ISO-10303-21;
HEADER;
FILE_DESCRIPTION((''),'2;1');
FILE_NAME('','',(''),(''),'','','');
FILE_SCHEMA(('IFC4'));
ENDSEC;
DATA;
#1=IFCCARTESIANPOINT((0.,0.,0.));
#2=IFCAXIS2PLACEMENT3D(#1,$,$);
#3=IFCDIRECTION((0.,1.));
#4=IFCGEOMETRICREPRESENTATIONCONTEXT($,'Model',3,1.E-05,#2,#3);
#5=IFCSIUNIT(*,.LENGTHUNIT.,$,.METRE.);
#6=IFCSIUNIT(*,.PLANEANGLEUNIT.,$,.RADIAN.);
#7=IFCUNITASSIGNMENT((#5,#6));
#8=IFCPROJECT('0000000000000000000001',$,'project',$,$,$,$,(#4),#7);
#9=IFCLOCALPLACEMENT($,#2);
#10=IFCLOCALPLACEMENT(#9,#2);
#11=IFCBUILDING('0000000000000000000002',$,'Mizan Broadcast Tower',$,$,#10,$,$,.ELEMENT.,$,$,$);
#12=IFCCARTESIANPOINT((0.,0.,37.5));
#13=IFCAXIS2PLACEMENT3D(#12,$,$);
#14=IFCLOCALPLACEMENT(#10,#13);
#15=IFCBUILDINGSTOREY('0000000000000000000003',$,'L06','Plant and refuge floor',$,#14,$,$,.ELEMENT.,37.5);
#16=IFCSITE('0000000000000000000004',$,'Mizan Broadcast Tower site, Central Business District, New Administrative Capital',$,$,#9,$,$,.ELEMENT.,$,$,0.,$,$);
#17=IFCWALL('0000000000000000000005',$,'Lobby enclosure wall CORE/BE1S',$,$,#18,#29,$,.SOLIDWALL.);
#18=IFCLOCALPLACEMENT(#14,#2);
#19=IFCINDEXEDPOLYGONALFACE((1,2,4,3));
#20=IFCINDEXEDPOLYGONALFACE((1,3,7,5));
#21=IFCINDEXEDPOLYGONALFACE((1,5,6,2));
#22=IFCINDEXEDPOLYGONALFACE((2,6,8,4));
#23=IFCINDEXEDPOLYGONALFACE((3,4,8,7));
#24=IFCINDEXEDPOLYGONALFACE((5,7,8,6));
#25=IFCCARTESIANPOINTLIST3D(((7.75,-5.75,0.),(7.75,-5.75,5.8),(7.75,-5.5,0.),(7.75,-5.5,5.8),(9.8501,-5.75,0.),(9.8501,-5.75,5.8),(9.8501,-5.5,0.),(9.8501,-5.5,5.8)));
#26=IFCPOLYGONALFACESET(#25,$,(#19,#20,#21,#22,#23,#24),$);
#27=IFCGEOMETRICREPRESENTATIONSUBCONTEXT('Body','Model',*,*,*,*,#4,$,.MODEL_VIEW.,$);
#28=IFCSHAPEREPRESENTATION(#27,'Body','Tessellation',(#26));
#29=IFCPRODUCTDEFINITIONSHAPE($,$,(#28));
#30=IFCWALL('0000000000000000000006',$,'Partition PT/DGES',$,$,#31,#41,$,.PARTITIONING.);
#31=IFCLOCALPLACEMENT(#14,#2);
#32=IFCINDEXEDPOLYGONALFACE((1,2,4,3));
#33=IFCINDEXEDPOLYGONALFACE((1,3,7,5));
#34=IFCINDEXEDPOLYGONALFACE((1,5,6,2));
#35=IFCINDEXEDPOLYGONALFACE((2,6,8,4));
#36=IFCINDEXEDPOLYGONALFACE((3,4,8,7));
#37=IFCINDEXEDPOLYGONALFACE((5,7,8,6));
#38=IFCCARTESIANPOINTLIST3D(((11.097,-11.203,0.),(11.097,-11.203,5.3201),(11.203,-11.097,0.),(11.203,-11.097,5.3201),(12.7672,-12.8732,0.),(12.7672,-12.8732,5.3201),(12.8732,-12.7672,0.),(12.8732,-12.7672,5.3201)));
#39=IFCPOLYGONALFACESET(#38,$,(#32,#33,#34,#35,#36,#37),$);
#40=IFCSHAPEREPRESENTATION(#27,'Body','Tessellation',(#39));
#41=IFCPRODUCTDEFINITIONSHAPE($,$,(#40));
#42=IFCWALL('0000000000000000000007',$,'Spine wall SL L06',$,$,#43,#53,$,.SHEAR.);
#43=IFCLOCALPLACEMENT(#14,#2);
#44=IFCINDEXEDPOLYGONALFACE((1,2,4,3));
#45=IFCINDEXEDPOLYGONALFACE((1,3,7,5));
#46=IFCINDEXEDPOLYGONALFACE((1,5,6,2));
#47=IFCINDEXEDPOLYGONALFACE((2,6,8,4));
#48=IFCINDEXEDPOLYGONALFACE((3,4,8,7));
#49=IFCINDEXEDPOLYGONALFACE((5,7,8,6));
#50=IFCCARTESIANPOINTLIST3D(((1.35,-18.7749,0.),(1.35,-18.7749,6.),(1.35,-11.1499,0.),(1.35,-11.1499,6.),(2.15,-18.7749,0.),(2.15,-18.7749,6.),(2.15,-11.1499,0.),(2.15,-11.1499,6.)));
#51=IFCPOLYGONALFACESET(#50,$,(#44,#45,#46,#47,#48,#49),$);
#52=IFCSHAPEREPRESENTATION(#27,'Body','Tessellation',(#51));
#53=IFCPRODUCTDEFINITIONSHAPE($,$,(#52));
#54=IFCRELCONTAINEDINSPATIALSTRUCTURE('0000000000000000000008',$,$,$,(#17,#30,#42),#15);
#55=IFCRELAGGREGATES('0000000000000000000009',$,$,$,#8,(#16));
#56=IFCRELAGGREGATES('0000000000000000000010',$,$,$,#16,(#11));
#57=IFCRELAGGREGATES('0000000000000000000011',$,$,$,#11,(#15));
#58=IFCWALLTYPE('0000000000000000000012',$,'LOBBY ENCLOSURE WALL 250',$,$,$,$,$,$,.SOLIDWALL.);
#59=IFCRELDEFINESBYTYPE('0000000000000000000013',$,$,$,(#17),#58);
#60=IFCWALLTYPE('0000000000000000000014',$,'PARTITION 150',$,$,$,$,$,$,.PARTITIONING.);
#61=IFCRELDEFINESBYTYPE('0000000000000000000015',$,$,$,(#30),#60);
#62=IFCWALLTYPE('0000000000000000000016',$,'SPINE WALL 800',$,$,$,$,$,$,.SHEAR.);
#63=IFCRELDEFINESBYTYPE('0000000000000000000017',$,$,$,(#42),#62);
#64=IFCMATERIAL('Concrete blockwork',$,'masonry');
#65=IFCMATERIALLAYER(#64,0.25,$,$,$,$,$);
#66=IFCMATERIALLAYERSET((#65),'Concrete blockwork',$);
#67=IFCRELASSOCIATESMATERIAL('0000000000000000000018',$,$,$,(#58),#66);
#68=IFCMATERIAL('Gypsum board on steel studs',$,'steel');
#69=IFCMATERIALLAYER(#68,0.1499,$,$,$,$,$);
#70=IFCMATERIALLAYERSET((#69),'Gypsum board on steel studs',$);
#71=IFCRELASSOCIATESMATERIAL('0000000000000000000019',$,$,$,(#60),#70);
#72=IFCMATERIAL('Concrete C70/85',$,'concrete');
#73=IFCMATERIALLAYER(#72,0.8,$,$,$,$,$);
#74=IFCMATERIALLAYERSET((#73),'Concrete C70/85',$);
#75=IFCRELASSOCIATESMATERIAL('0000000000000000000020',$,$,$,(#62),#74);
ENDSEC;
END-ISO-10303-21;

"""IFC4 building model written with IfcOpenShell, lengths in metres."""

from ifc_helpers import new_model, si_unit, direction, frame, frame_2d, origin, place, context, subcontext, project, spatial, rectangle, extrude, material, layer, layer_set, type_object, element, save


model = new_model("IFC4")

# Units and contexts
model_context = context("Model", 3, precision=1e-05, world=origin(), true_north=direction((0.0, 1.0)))
body_context = subcontext(model_context, "Body", "Model", "MODEL_VIEW")
ifc_project = project(units=[si_unit("LENGTHUNIT", "METRE"), si_unit("PLANEANGLEUNIT", "RADIAN")], contexts=[model_context])

# Site, building, storey
site_placement = place(None, origin())
site = spatial("IfcSite", under=ifc_project, at=site_placement, Name="Mizan Broadcast Tower site, Central Business District, New Administrative Capital", CompositionType="ELEMENT", RefElevation=0.0)
building_placement = place(site_placement, origin())
building = spatial("IfcBuilding", under=site, at=building_placement, Name="Mizan Broadcast Tower", CompositionType="ELEMENT")
storey_placement = place(building_placement, frame((0.0, 0.0, 37.5)))
storey = spatial("IfcBuildingStorey", under=building, at=storey_placement, Name="L06", Description="Plant and refuge floor", CompositionType="ELEMENT", Elevation=37.5)

# Walls
ifc_material_1 = material(Name="Concrete blockwork", Category="masonry")
ifc_layer_1 = layer(ifc_material_1, 0.25)
ifc_layer_set_1 = layer_set([ifc_layer_1], Name="Concrete blockwork")
wall_type_1 = type_object("IfcWallType", Name="LOBBY ENCLOSURE WALL 250", PredefinedType="SOLIDWALL", material=ifc_layer_set_1)
wall_1_placement = place(storey_placement, frame((7.75, -5.625, 0.0), z_axis=(0.0, 0.0, 1.0), x_axis=(1.0, 0.0, 0.0)))
element("IfcWall", 1, at=wall_1_placement, inside=storey, type_object=wall_type_1, Name="Lobby enclosure wall CORE/BE1S", PredefinedType="SOLIDWALL", context=body_context, shape_type="SweptSolid", body=[
    extrude(rectangle(XDim=2.1001, YDim=0.25, at=frame_2d((1.05, 0.0))), origin(), (0.0, 0.0, 1.0), 5.8),
])
ifc_material_2 = material(Name="Gypsum board on steel studs", Category="steel")
ifc_layer_2 = layer(ifc_material_2, 0.1499)
ifc_layer_set_2 = layer_set([ifc_layer_2], Name="Gypsum board on steel studs")
wall_type_2 = type_object("IfcWallType", Name="PARTITION 150", PredefinedType="PARTITIONING", material=ifc_layer_set_2)
wall_2_placement = place(storey_placement, frame((11.1499, -11.1499, 0.0), z_axis=(0.0, 0.0, 1.0), x_axis=(0.707107, -0.707107, 0.0)))
element("IfcWall", 2, at=wall_2_placement, inside=storey, type_object=wall_type_2, Name="Partition PT/DGES", PredefinedType="PARTITIONING", context=body_context, shape_type="SweptSolid", body=[
    extrude(rectangle(XDim=2.3621, YDim=0.1499, at=frame_2d((1.1812, 0.0))), origin(), (0.0, 0.0, 1.0), 5.3201),
])
ifc_material_3 = material(Name="Concrete C70/85", Category="concrete")
ifc_layer_3 = layer(ifc_material_3, 0.8)
ifc_layer_set_3 = layer_set([ifc_layer_3], Name="Concrete C70/85")
wall_type_3 = type_object("IfcWallType", Name="SPINE WALL 800", PredefinedType="SHEAR", material=ifc_layer_set_3)
wall_3_placement = place(storey_placement, frame((1.75, -11.1499, 0.0), z_axis=(0.0, 0.0, 1.0), x_axis=(0.0, -1.0, 0.0)))
element("IfcWall", 3, at=wall_3_placement, inside=storey, type_object=wall_type_3, Name="Spine wall SL L06", PredefinedType="SHEAR", context=body_context, shape_type="SweptSolid", body=[
    extrude(rectangle(XDim=7.625, YDim=0.8, at=frame_2d((3.8125, 0.0))), origin(), (0.0, 0.0, 1.0), 6.0),
])

save(model, "model.ifc")
